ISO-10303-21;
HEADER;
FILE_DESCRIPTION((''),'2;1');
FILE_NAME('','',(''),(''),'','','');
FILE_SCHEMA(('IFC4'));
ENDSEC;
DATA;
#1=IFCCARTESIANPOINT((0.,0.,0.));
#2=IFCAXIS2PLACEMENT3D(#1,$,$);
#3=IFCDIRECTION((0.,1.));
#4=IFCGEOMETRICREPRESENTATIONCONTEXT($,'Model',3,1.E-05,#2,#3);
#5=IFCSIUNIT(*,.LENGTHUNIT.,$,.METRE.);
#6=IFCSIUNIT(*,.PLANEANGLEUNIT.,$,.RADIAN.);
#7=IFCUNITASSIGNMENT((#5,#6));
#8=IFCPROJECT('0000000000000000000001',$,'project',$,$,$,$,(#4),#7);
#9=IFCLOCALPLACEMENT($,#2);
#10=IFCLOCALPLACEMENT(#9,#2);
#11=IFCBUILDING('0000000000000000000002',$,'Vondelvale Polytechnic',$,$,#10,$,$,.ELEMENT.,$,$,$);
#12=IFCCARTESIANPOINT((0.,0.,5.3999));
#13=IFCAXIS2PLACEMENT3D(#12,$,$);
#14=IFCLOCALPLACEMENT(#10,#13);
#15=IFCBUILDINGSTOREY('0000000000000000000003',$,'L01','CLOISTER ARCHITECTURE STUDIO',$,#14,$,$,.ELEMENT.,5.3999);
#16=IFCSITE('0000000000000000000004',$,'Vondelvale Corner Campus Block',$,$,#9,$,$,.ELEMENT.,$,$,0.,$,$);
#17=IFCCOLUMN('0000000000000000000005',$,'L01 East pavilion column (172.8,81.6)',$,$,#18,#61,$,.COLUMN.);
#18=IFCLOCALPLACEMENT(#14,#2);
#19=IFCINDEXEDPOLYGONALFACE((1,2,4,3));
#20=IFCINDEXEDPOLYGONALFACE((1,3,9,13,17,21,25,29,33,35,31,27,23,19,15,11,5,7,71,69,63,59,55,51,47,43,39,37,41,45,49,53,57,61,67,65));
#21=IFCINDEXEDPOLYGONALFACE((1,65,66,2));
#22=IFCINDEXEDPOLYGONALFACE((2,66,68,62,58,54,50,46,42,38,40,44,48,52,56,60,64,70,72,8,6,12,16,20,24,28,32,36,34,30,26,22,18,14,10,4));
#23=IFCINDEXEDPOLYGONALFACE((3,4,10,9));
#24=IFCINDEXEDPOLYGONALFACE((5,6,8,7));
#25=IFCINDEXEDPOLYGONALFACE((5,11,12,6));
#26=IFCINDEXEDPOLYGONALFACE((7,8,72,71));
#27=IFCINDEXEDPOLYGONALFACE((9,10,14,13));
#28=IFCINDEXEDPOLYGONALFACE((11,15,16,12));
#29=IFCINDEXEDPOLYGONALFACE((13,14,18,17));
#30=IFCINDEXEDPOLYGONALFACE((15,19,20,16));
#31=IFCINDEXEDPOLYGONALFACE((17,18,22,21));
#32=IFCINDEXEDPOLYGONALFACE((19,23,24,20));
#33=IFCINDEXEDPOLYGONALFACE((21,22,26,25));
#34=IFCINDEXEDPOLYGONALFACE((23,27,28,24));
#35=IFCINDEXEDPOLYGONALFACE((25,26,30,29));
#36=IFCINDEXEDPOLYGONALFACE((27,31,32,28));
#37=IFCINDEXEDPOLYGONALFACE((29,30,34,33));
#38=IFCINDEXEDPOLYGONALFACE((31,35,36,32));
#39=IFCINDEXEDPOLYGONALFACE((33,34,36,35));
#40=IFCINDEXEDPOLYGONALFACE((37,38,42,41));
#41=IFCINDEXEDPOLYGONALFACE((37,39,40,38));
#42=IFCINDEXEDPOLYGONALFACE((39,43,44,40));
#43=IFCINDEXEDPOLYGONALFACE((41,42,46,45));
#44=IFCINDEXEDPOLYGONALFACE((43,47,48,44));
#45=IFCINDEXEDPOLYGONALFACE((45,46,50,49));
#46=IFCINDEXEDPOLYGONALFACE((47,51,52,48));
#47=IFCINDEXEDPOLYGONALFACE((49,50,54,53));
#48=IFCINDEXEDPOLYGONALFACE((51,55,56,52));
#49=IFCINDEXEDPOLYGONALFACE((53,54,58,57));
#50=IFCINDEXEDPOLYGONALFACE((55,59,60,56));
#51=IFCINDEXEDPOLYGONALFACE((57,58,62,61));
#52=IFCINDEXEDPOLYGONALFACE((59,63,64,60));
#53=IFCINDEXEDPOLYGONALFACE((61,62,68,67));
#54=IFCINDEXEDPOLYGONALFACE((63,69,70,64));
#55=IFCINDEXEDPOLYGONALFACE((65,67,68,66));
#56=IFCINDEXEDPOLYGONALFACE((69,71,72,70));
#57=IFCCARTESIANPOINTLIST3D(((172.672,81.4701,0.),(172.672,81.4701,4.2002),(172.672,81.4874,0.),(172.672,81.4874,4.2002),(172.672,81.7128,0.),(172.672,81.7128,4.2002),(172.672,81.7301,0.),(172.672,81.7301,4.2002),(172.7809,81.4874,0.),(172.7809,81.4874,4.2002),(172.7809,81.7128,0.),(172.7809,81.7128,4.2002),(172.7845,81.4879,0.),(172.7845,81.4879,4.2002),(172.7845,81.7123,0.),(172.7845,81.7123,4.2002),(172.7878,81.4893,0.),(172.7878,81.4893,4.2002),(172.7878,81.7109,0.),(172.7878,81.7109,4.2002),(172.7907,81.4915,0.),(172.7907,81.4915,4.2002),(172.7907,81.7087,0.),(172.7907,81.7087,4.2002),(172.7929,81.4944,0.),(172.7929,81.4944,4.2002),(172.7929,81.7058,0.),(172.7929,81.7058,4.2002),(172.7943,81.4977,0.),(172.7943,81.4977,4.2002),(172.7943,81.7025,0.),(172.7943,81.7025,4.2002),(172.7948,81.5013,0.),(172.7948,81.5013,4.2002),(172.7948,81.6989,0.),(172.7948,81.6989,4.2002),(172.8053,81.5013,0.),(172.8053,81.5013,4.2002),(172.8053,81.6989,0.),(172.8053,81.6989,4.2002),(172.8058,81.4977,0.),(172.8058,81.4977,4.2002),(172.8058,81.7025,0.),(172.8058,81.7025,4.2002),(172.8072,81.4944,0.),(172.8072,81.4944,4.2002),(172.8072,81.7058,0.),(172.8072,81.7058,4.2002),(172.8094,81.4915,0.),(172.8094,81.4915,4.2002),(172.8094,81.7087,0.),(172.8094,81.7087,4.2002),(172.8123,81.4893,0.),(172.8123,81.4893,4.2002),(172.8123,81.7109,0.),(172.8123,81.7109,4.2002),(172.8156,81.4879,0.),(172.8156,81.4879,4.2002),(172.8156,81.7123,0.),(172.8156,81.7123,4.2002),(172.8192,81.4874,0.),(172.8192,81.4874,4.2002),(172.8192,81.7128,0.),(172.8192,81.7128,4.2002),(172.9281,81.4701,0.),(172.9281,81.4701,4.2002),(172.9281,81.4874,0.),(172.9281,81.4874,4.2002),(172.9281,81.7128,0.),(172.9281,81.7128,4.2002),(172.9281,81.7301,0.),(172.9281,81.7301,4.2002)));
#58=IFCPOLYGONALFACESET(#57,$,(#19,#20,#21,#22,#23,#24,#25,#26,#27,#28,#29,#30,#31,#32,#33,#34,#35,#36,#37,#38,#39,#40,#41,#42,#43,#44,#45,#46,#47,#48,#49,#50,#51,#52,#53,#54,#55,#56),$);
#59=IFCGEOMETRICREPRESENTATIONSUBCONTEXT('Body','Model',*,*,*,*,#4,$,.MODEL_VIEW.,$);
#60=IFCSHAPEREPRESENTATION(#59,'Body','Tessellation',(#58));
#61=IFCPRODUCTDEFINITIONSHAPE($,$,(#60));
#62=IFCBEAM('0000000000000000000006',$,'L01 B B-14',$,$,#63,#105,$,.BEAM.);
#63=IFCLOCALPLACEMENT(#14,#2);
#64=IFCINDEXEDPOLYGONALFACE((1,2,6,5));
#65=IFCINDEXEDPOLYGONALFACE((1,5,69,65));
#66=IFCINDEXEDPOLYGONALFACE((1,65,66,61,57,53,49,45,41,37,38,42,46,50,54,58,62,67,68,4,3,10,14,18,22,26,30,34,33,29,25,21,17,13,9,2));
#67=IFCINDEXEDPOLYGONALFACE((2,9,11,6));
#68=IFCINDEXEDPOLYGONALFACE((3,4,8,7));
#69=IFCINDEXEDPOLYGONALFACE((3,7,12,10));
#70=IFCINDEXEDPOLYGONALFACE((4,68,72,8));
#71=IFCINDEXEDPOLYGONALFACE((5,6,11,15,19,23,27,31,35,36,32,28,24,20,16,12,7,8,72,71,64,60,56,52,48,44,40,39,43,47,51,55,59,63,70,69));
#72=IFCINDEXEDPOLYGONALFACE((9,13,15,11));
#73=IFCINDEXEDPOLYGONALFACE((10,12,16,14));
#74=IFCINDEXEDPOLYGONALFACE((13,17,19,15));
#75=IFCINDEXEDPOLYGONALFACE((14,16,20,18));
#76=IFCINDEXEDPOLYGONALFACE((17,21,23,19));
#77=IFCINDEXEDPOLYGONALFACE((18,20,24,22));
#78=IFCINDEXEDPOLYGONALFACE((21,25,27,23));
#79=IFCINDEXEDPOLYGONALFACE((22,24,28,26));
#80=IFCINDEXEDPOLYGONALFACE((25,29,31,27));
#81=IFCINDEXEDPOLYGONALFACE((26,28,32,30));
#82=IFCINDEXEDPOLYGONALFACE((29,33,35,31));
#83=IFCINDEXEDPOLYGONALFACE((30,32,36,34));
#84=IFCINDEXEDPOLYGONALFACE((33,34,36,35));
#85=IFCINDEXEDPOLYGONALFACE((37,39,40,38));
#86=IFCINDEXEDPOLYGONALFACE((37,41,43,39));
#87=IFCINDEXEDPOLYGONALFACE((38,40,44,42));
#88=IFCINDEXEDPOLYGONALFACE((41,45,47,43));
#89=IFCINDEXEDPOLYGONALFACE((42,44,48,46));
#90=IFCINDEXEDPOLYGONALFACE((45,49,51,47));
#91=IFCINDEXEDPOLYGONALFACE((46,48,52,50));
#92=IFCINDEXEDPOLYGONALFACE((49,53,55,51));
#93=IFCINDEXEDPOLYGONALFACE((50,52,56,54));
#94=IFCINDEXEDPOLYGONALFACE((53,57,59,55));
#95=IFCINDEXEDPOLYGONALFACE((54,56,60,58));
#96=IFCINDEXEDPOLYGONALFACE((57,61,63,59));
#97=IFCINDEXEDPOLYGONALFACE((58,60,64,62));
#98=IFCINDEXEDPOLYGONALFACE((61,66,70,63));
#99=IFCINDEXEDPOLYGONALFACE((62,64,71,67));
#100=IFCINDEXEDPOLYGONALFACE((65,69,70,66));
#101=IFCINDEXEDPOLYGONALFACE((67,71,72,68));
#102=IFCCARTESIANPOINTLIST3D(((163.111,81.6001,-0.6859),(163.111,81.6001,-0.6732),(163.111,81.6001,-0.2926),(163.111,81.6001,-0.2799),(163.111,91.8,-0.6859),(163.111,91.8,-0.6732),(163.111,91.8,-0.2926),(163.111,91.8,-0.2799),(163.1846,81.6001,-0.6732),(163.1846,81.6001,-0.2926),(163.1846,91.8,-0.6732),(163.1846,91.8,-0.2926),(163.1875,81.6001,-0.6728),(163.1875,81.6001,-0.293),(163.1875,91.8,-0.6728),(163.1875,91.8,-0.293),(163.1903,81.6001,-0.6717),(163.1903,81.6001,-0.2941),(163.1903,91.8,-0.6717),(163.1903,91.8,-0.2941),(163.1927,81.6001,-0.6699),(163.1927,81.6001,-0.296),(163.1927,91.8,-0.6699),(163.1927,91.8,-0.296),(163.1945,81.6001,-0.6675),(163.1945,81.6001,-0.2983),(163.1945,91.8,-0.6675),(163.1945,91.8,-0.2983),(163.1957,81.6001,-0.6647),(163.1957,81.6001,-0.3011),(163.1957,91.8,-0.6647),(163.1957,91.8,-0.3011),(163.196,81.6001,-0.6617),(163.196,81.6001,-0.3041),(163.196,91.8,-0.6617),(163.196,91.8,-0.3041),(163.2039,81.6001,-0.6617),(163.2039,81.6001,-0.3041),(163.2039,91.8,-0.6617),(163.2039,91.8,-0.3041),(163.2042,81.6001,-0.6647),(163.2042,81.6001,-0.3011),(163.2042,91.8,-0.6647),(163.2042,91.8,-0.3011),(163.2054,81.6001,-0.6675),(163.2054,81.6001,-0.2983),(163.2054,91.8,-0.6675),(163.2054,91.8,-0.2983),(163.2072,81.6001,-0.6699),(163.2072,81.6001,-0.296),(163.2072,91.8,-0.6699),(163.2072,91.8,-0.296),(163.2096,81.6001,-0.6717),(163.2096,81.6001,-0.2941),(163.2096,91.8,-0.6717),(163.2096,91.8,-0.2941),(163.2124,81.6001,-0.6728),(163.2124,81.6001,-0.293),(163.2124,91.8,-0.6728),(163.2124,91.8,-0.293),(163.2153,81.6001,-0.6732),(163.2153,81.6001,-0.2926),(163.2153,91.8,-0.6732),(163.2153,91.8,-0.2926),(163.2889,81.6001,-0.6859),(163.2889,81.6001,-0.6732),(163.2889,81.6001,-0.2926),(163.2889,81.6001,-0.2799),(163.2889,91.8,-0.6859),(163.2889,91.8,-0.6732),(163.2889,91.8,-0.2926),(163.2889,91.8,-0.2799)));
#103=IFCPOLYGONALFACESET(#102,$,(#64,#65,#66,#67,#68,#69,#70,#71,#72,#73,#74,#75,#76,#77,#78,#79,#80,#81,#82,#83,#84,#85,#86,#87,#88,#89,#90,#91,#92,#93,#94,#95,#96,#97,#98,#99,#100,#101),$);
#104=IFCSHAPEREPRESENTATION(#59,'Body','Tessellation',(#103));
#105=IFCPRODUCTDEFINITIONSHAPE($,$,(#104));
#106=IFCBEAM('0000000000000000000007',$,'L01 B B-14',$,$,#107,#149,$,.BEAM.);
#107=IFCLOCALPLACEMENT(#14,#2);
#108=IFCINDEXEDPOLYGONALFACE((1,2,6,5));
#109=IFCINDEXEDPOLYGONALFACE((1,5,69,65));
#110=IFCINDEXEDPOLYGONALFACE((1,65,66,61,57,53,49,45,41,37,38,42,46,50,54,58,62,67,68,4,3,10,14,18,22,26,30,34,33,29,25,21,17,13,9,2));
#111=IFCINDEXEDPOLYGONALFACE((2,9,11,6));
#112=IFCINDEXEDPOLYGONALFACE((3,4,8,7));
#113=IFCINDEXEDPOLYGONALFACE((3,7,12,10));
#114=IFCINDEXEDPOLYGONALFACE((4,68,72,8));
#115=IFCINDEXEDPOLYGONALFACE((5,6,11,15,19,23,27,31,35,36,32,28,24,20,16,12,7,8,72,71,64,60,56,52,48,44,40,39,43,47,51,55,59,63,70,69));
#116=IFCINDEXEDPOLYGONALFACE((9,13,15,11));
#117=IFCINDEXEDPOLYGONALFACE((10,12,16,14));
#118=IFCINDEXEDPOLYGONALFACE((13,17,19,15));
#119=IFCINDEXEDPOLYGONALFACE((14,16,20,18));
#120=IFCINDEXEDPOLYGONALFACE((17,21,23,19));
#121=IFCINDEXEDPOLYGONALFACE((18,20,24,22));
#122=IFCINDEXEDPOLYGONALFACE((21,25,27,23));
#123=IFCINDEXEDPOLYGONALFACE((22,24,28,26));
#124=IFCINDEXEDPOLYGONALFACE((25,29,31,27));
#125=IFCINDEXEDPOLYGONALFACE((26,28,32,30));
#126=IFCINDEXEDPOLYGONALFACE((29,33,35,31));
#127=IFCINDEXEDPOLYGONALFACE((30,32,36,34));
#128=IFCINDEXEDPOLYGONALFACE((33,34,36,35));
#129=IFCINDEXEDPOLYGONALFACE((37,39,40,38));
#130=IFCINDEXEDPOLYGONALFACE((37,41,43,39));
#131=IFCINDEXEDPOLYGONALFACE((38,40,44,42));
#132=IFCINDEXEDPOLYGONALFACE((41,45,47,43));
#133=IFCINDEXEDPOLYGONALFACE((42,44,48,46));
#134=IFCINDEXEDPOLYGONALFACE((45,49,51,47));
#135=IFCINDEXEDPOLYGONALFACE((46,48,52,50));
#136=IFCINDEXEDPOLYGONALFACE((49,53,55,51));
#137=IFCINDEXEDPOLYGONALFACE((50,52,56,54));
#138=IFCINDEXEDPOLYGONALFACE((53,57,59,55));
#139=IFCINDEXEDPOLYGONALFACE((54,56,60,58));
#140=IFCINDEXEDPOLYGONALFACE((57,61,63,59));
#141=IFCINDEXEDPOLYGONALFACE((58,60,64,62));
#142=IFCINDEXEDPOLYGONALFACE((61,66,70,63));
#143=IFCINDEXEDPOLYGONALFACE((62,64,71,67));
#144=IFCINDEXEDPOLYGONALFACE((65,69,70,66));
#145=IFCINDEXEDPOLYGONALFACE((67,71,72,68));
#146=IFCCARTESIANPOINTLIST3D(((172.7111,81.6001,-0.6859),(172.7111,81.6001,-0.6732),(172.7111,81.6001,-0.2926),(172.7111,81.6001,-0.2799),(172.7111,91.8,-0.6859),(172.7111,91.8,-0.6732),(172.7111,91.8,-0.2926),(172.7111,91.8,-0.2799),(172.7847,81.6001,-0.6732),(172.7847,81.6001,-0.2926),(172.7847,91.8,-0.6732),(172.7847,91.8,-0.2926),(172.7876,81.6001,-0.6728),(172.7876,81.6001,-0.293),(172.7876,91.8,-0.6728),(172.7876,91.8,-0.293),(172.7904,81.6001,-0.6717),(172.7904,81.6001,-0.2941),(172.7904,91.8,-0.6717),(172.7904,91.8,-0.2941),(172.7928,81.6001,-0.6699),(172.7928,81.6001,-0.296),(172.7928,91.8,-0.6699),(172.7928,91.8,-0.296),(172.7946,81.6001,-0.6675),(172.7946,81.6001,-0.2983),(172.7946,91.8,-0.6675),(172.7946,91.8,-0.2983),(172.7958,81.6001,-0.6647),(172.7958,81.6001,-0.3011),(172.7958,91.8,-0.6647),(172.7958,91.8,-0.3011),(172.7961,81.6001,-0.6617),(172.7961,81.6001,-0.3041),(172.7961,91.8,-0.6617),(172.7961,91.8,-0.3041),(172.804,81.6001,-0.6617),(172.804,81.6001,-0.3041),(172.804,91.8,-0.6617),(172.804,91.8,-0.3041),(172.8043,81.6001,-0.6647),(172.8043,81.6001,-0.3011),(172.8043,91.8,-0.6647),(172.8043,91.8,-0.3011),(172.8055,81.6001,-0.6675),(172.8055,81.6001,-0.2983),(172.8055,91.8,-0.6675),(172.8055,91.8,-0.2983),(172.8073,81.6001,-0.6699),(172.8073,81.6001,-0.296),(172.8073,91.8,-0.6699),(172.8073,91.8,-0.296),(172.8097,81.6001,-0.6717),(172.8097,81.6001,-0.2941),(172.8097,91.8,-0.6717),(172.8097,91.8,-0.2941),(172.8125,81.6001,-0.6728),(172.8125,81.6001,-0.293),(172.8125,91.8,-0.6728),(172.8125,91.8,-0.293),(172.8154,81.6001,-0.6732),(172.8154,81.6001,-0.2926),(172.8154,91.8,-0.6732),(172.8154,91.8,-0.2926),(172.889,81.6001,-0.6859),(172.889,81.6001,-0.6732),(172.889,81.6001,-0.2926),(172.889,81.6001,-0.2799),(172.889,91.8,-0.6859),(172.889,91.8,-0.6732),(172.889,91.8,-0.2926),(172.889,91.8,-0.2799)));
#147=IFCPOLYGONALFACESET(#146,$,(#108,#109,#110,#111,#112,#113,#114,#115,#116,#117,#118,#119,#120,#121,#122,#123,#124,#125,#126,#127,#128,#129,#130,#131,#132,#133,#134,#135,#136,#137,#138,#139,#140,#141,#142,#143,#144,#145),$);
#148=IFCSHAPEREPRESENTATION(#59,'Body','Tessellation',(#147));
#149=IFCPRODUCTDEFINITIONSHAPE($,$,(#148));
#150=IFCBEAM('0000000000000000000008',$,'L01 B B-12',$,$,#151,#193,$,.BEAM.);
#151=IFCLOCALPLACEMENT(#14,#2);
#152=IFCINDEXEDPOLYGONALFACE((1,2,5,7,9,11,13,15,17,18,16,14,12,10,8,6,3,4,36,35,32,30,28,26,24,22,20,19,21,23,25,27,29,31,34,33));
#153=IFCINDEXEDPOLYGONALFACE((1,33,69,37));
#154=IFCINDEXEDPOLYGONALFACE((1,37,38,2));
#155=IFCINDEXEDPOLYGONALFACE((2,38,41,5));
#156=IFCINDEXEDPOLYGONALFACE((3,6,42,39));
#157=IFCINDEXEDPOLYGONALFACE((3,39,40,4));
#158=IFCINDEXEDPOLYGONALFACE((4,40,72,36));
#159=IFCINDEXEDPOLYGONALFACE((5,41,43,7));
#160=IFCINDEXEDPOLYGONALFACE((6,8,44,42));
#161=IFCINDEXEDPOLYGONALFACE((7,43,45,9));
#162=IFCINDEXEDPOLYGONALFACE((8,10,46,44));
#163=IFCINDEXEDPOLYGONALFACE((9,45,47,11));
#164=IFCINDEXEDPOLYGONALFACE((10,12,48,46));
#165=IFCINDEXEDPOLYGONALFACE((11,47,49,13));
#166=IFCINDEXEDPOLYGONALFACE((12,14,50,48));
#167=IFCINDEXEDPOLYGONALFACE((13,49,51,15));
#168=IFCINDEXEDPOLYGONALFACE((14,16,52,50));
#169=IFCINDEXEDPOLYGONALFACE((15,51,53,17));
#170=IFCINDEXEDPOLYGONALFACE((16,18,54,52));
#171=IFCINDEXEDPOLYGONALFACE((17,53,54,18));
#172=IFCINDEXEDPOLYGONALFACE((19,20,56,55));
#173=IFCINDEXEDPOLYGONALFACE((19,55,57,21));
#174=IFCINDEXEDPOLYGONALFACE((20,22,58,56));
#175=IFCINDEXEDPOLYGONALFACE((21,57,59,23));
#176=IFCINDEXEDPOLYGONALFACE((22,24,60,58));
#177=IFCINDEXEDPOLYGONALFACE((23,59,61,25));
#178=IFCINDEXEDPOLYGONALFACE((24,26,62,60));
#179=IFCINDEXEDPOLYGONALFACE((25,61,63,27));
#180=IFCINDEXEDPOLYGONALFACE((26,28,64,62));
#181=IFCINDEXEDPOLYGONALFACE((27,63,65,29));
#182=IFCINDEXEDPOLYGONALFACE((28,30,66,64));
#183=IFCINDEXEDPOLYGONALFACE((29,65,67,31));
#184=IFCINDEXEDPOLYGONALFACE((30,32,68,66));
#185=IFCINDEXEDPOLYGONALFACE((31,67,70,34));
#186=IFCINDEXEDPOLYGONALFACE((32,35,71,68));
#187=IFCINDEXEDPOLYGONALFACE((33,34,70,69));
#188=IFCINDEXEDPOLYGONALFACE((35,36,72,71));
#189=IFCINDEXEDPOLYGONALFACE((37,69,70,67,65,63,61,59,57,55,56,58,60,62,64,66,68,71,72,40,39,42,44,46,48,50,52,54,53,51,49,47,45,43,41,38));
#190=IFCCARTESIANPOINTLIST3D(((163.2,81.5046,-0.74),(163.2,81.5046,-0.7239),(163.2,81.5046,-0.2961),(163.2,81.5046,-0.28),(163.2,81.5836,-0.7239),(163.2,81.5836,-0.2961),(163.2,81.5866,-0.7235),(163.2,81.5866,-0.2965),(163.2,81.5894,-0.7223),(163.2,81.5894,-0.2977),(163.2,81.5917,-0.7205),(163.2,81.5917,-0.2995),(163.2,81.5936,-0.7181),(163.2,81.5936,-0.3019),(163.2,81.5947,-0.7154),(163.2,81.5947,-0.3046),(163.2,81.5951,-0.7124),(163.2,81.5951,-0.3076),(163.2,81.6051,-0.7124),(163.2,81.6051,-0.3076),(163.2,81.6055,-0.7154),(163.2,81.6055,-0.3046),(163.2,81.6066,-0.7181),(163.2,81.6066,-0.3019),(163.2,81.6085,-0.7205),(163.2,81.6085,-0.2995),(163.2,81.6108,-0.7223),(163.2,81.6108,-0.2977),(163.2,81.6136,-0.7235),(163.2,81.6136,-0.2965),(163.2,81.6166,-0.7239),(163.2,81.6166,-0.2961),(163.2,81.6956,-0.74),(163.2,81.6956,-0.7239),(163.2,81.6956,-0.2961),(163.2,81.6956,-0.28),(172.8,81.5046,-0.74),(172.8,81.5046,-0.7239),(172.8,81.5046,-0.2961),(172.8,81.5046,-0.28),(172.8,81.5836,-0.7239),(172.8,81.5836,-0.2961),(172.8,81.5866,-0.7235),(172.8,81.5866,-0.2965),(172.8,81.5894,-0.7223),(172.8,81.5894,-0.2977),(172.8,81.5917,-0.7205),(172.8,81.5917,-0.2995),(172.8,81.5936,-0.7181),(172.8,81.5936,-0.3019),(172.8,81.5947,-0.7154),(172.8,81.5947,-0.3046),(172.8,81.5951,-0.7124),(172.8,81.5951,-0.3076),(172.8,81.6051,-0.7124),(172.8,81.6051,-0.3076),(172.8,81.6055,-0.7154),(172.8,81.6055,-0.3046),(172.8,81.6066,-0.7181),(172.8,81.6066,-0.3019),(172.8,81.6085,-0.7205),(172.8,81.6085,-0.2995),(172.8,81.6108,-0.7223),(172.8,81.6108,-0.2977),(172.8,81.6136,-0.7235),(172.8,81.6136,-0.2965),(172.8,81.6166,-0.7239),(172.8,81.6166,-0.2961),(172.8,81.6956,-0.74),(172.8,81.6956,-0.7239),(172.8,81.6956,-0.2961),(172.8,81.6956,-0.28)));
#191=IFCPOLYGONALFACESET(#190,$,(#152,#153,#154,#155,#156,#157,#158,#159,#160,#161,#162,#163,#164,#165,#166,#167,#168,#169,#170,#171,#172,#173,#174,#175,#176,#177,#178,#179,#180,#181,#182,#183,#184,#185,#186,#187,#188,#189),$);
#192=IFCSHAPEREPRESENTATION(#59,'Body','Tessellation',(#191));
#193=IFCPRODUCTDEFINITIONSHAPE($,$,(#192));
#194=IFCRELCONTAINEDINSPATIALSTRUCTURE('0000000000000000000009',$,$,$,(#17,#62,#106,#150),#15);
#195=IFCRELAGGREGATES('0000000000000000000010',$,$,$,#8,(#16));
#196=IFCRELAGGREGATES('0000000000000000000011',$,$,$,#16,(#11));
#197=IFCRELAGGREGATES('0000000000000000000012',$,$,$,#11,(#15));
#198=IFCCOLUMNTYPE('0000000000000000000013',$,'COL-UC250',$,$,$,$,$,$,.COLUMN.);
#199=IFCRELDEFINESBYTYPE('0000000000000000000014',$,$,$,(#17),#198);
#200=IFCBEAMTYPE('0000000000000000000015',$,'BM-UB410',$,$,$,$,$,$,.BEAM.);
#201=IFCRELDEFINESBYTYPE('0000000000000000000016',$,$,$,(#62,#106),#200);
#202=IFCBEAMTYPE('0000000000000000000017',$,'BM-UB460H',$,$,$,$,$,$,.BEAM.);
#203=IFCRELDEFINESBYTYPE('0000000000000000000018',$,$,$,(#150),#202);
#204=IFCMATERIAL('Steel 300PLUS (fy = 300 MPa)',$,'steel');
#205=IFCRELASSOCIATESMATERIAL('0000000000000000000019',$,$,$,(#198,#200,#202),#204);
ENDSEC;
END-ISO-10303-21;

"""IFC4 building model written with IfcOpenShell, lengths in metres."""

from ifc_helpers import new_model, si_unit, direction, frame, origin, origin_2d, place, context, subcontext, project, spatial, i_section, extrude, material, material_profile, profile_set, type_object, element, save


model = new_model("IFC4")

# Units and contexts
model_context = context("Model", 3, precision=1e-05, world=origin(), true_north=direction((0.0, 1.0)))
body_context = subcontext(model_context, "Body", "Model", "MODEL_VIEW")
ifc_project = project(units=[si_unit("LENGTHUNIT", "METRE"), si_unit("PLANEANGLEUNIT", "RADIAN")], contexts=[model_context])

# Site, building, storey
site_placement = place(None, origin())
site = spatial("IfcSite", under=ifc_project, at=site_placement, Name="Vondelvale Corner Campus Block", CompositionType="ELEMENT", RefElevation=0.0)
building_placement = place(site_placement, origin())
building = spatial("IfcBuilding", under=site, at=building_placement, Name="Vondelvale Polytechnic", CompositionType="ELEMENT")
storey_placement = place(building_placement, frame((0.0, 0.0, 5.3999)))
storey = spatial("IfcBuildingStorey", under=building, at=storey_placement, Name="L01", Description="CLOISTER ARCHITECTURE STUDIO", CompositionType="ELEMENT", Elevation=5.3999)

# Column
ifc_material_1 = material(Name="Steel 300PLUS (fy = 300 MPa)", Category="steel")
ifc_material_profile_1 = material_profile(ifc_material_1, i_section(OverallWidth=0.2561, OverallDepth=0.26, WebThickness=0.0105, FlangeThickness=0.0173, FilletRadius=0.0139, at=origin_2d()), Name="250UC89.5")
ifc_profile_set_1 = profile_set([ifc_material_profile_1], Name="Steel 300PLUS (fy = 300 MPa)")
column_type = type_object("IfcColumnType", Name="COL-UC250", PredefinedType="COLUMN", material=ifc_profile_set_1)
column_placement = place(storey_placement, frame((172.8, 81.6001, 0.0), z_axis=(0.0, 0.0, 1.0), x_axis=(1.0, 0.0, 0.0)))
element("IfcColumn", 1, at=column_placement, inside=storey, type_object=column_type, Name="L01 East pavilion column (172.8,81.6)", PredefinedType="COLUMN", context=body_context, shape_type="SweptSolid", body=[
    extrude(i_section(OverallWidth=0.2561, OverallDepth=0.26, WebThickness=0.0105, FlangeThickness=0.0173, FilletRadius=0.0139, at=origin_2d()), origin(), (0.0, 0.0, 1.0), 4.2002),
])

# Beams
ifc_material_profile_2 = material_profile(ifc_material_1, i_section(OverallWidth=0.178, OverallDepth=0.406, WebThickness=0.0078, FlangeThickness=0.0127, FilletRadius=0.0115, at=origin_2d()), Name="410UB59.7")
ifc_profile_set_2 = profile_set([ifc_material_profile_2], Name="Steel 300PLUS (fy = 300 MPa)")
beam_type_1 = type_object("IfcBeamType", Name="BM-UB410", PredefinedType="BEAM", material=ifc_profile_set_2)
for number, where, z_axis, x_axis, name in (
    (2, (163.2, 81.6001, -0.4829), (0.0, 1.0, 0.0), (-1.0, 0.0, 0.0), "L01 B B-14"),
    (3, (172.8, 81.6001, -0.4829), (0.0, 1.0, 0.0), (-1.0, 0.0, 0.0), "L01 B B-14"),
):
    element("IfcBeam", number, at=place(storey_placement, frame(where, z_axis=z_axis, x_axis=x_axis)), inside=storey, type_object=beam_type_1, Name=name, PredefinedType="BEAM", context=body_context, shape_type="SweptSolid", body=[
        extrude(i_section(OverallWidth=0.178, OverallDepth=0.406, WebThickness=0.0078, FlangeThickness=0.0127, FilletRadius=0.0115, at=origin_2d()), origin(), (0.0, 0.0, 1.0), 10.2),
    ])
ifc_material_profile_3 = material_profile(ifc_material_1, i_section(OverallWidth=0.1909, OverallDepth=0.46, WebThickness=0.01, FlangeThickness=0.0161, FilletRadius=0.0115, at=origin_2d()), Name="460UB82.1")
ifc_profile_set_3 = profile_set([ifc_material_profile_3], Name="Steel 300PLUS (fy = 300 MPa)")
beam_type_2 = type_object("IfcBeamType", Name="BM-UB460H", PredefinedType="BEAM", material=ifc_profile_set_3)
beam_placement = place(storey_placement, frame((163.2, 81.6001, -0.51), z_axis=(1.0, 0.0, 0.0), x_axis=(0.0, 1.0, 0.0)))
element("IfcBeam", 4, at=beam_placement, inside=storey, type_object=beam_type_2, Name="L01 B B-12", PredefinedType="BEAM", context=body_context, shape_type="SweptSolid", body=[
    extrude(i_section(OverallWidth=0.1909, OverallDepth=0.46, WebThickness=0.01, FlangeThickness=0.0161, FilletRadius=0.0115, at=origin_2d()), origin(), (0.0, 0.0, 1.0), 9.6001),
])

save(model, "model.ifc")
